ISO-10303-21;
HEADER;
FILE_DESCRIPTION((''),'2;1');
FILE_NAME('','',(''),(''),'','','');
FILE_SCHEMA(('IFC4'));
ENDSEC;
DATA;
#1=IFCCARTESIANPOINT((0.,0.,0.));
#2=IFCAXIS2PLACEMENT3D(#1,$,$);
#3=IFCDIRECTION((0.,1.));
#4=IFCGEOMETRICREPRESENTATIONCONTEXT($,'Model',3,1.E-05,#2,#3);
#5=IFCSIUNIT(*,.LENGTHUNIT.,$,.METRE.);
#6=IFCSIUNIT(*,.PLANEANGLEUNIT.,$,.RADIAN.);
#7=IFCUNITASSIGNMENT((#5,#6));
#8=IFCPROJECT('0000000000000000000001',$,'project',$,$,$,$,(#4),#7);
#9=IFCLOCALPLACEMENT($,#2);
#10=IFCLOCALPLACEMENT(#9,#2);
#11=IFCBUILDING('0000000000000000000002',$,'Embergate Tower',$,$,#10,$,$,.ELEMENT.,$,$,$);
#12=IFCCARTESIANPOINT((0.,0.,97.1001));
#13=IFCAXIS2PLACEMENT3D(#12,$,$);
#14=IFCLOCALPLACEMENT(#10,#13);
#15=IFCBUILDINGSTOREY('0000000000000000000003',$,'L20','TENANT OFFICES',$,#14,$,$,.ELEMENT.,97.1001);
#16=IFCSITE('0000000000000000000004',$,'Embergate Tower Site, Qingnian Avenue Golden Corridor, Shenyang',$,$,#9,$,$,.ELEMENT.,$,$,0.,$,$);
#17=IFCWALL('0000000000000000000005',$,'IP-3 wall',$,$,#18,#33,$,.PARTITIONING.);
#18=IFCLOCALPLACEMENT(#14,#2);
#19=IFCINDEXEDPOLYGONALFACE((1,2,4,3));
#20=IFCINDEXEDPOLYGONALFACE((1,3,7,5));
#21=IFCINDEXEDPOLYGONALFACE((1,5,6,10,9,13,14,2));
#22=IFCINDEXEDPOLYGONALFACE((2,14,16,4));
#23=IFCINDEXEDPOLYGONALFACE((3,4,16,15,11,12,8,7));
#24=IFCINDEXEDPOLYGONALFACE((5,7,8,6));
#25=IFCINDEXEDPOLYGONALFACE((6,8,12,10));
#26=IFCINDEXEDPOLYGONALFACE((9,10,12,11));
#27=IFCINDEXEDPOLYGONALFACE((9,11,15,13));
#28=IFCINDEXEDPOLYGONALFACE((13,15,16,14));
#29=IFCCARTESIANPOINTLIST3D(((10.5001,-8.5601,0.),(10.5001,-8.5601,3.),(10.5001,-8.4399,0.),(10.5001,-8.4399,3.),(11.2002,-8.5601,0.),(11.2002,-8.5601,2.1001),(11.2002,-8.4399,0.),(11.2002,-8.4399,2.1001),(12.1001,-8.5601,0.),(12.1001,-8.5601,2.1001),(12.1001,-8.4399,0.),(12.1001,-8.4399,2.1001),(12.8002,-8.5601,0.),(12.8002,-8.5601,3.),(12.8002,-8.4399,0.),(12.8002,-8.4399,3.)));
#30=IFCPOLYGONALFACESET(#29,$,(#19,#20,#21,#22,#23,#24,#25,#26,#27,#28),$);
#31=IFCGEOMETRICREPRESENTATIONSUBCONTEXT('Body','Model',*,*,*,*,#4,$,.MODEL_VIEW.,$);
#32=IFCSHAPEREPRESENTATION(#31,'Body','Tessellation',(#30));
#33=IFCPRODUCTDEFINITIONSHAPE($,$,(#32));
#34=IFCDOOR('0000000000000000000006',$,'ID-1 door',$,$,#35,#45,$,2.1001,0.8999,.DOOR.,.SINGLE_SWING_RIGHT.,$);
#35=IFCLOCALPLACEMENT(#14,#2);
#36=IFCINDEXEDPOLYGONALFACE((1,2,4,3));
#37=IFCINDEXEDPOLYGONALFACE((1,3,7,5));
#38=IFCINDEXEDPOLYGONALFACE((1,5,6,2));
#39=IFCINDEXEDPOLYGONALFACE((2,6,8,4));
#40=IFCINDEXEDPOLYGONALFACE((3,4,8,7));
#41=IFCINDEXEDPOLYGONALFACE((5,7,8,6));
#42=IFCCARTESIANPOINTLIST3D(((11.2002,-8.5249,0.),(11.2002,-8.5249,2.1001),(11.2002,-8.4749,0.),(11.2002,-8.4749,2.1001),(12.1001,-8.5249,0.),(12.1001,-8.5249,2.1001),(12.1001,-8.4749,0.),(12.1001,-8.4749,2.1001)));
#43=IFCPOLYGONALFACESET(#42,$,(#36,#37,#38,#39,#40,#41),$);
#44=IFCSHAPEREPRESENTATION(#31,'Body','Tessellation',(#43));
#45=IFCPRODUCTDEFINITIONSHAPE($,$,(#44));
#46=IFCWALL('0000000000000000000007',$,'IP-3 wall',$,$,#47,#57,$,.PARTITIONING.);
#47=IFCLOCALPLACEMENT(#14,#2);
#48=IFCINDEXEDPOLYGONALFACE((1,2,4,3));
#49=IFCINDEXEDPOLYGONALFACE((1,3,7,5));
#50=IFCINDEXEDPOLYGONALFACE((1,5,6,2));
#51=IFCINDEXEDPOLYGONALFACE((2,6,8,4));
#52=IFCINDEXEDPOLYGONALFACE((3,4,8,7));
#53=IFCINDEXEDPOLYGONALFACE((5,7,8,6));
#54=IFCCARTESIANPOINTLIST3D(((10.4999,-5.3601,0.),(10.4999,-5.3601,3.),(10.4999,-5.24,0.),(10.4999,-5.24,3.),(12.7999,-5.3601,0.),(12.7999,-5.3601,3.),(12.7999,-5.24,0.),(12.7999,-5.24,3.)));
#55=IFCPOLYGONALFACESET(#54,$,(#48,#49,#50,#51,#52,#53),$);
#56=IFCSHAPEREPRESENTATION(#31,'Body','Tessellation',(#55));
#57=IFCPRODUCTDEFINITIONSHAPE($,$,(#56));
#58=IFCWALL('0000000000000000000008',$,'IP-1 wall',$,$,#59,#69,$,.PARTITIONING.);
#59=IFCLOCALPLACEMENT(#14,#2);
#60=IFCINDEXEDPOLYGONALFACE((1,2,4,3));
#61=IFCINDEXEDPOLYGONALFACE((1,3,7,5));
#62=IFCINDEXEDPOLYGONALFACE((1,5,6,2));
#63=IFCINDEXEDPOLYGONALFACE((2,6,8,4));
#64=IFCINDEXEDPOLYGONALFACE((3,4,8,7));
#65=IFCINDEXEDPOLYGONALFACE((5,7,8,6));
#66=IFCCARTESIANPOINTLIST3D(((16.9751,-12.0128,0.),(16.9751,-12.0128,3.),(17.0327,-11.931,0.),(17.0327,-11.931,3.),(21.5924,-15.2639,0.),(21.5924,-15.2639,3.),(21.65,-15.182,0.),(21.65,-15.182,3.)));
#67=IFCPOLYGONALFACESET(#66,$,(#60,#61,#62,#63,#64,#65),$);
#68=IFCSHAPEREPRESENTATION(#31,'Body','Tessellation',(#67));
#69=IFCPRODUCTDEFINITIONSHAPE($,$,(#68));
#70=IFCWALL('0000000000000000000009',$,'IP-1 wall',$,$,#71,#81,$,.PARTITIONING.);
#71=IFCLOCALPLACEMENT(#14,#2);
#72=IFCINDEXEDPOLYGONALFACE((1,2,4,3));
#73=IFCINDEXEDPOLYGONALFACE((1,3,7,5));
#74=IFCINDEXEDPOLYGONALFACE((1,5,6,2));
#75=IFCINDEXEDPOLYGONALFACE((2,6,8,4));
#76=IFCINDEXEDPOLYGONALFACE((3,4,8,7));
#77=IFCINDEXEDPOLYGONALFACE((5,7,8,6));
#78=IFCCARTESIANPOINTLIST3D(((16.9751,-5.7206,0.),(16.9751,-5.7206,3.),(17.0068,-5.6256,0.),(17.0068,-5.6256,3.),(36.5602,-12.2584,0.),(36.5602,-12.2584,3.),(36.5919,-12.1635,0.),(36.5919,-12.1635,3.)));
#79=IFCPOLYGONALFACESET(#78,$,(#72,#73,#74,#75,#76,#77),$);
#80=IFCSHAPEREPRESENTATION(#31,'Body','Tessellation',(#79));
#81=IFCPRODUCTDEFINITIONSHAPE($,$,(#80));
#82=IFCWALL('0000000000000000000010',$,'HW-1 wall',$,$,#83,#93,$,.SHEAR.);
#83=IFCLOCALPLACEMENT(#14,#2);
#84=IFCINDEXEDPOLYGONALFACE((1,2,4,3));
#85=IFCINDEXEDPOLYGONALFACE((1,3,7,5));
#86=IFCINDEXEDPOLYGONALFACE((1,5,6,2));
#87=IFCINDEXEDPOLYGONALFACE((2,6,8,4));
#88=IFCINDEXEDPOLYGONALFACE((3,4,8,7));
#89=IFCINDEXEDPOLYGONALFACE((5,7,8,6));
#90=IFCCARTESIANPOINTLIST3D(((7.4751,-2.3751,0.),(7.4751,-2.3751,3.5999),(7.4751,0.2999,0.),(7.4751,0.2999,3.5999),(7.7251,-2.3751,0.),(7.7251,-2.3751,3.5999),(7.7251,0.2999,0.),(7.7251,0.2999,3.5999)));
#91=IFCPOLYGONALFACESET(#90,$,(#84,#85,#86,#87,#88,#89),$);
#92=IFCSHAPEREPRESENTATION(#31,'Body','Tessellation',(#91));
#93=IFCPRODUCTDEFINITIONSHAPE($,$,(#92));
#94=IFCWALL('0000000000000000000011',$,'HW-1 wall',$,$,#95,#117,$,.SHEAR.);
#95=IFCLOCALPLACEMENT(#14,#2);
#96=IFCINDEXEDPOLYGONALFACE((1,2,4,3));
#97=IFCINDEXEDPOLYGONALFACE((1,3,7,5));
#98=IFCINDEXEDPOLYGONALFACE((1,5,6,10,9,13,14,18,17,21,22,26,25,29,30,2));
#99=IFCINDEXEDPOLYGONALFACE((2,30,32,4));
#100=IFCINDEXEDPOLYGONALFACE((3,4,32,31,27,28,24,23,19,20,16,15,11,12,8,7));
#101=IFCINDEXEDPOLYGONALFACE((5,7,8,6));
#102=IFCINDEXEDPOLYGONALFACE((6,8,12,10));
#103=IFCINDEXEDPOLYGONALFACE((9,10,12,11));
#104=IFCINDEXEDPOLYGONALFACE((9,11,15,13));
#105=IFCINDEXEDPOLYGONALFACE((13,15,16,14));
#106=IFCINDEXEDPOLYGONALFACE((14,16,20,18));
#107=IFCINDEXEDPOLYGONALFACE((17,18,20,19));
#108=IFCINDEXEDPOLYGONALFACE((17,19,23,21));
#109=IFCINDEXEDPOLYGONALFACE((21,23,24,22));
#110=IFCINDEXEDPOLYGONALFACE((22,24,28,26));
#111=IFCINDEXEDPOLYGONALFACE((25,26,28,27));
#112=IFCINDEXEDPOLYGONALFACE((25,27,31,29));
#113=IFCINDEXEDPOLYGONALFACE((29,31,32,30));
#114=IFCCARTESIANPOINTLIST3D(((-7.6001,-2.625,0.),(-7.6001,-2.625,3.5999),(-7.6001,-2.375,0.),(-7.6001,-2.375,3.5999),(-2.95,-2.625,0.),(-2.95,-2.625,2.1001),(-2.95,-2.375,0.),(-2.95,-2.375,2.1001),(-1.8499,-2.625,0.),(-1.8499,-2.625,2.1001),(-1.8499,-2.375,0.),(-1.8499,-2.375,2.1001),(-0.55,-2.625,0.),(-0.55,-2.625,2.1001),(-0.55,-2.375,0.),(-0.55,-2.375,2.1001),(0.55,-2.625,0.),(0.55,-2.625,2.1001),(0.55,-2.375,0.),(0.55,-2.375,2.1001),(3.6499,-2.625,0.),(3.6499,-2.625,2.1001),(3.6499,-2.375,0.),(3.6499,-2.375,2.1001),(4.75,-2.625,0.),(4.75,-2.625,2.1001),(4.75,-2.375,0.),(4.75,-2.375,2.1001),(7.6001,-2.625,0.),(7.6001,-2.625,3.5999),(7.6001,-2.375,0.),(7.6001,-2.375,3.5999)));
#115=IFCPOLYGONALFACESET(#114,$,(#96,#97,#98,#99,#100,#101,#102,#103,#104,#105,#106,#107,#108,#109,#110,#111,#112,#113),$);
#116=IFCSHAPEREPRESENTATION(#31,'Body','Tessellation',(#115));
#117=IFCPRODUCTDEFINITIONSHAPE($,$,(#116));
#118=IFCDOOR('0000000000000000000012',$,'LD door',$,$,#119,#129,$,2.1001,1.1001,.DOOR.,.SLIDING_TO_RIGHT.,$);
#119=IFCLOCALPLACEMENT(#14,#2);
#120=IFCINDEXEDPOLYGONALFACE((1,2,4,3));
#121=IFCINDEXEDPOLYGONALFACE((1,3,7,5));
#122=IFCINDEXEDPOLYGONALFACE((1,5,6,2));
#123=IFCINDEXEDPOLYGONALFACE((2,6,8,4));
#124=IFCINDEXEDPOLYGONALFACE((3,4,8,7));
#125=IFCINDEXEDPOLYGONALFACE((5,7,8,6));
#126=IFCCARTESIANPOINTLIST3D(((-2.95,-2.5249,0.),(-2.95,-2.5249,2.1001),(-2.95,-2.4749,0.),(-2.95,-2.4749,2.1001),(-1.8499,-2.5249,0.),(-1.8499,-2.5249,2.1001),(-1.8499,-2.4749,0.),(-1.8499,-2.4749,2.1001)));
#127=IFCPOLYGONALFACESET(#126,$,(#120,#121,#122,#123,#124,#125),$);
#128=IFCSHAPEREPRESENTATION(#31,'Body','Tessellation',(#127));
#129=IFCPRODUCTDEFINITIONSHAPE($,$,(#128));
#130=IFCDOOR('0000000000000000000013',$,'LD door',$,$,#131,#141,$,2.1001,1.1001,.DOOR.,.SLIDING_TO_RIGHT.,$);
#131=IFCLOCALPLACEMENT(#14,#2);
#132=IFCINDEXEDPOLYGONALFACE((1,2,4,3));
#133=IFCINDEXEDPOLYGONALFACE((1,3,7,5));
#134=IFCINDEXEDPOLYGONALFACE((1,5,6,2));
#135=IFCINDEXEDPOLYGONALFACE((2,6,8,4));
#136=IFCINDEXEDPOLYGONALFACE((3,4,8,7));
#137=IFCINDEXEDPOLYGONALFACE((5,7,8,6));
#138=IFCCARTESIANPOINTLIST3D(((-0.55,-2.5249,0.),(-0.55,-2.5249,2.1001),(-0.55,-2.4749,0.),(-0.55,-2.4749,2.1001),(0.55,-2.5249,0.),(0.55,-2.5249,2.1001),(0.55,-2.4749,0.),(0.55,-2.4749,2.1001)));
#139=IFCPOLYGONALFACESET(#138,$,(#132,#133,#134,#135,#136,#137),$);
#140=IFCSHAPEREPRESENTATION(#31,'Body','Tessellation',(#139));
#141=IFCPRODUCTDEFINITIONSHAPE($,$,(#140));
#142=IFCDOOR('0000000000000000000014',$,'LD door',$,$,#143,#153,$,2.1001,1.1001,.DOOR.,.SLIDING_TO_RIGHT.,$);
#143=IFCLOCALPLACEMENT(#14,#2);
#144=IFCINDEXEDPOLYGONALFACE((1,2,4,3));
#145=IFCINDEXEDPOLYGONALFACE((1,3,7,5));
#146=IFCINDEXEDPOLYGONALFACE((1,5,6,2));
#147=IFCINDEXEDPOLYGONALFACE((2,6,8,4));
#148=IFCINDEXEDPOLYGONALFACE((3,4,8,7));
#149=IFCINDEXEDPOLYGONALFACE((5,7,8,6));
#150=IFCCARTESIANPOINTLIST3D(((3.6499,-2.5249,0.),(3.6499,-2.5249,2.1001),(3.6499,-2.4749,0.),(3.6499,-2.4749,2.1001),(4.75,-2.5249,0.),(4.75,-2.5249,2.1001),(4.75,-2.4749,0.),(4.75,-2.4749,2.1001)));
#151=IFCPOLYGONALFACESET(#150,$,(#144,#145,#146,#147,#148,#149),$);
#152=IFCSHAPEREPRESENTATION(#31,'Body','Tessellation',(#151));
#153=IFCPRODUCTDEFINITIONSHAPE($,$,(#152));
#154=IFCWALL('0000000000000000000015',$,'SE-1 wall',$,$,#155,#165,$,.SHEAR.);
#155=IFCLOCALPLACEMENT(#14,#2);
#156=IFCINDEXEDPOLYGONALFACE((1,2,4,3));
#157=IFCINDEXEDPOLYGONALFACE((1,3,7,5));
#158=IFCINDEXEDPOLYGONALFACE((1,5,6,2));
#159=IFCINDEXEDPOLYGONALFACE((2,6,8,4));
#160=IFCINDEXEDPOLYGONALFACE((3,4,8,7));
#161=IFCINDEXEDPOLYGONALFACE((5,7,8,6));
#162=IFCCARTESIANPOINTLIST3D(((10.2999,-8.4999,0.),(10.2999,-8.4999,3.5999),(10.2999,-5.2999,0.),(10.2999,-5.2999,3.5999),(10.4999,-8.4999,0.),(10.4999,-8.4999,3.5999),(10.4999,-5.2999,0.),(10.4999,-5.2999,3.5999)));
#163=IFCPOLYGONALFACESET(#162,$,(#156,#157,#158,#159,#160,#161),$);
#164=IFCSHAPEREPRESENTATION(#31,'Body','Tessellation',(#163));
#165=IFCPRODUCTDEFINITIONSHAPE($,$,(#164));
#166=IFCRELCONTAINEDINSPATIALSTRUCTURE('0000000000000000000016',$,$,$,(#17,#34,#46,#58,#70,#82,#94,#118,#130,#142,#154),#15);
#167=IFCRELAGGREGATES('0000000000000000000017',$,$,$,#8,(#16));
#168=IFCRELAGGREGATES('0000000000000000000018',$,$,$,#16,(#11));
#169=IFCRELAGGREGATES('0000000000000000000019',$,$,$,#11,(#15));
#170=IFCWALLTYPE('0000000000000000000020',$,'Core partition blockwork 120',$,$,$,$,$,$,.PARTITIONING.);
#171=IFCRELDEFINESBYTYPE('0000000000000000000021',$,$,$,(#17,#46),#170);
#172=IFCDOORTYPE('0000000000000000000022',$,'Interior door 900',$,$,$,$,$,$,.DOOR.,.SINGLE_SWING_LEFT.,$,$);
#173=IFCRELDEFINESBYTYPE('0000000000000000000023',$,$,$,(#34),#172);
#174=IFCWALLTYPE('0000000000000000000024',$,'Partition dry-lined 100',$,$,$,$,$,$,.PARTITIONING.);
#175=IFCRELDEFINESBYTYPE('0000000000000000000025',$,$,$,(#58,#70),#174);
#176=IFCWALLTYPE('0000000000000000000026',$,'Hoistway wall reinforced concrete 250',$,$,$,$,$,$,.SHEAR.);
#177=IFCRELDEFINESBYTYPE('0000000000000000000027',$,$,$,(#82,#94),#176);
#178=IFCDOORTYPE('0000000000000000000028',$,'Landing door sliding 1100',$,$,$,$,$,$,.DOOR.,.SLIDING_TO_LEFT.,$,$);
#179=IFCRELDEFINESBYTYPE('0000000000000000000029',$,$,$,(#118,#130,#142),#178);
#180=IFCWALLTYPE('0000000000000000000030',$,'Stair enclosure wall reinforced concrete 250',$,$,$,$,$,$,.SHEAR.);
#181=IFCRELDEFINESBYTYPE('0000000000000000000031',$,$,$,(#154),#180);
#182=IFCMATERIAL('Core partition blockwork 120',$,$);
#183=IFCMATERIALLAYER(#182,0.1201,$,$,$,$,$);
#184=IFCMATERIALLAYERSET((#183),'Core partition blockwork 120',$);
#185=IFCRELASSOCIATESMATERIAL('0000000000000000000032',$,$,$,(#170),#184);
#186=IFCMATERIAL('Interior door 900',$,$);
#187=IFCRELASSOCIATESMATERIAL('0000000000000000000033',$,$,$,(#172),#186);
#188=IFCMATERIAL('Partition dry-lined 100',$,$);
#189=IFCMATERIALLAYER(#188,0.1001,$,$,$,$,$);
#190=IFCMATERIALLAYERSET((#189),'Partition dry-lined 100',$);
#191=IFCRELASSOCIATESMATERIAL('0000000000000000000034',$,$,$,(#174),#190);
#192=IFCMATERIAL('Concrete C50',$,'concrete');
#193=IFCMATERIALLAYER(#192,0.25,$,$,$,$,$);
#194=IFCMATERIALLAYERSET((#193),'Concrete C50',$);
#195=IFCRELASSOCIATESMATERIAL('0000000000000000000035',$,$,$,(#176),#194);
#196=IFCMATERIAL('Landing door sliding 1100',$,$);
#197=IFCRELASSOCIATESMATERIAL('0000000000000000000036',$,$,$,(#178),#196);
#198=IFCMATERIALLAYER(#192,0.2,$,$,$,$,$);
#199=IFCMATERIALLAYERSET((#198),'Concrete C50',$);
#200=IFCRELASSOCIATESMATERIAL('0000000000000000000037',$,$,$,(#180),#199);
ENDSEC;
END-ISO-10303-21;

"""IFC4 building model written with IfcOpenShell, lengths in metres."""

from ifc_helpers import new_model, si_unit, direction, frame, frame_2d, origin, place, context, subcontext, project, spatial, rectangle, extrude, source, transform, mapped, material, layer, layer_set, type_object, element, fill, save


model = new_model("IFC4")

# Units and contexts
model_context = context("Model", 3, precision=1e-05, world=origin(), true_north=direction((0.0, 1.0)))
body_context = subcontext(model_context, "Body", "Model", "MODEL_VIEW")
ifc_project = project(units=[si_unit("LENGTHUNIT", "METRE"), si_unit("PLANEANGLEUNIT", "RADIAN")], contexts=[model_context])

# Site, building, storey
site_placement = place(None, origin())
site = spatial("IfcSite", under=ifc_project, at=site_placement, Name="Embergate Tower Site, Qingnian Avenue Golden Corridor, Shenyang", CompositionType="ELEMENT", RefElevation=0.0)
building_placement = place(site_placement, origin())
building = spatial("IfcBuilding", under=site, at=building_placement, Name="Embergate Tower", CompositionType="ELEMENT")
storey_placement = place(building_placement, frame((0.0, 0.0, 97.1001)))
storey = spatial("IfcBuildingStorey", under=building, at=storey_placement, Name="L20", Description="TENANT OFFICES", CompositionType="ELEMENT", Elevation=97.1001)

# Wall, opening, door
ifc_material_1 = material(Name="Core partition blockwork 120")
ifc_layer_1 = layer(ifc_material_1, 0.1201)
ifc_layer_set_1 = layer_set([ifc_layer_1], Name="Core partition blockwork 120")
wall_type_1 = type_object("IfcWallType", Name="Core partition blockwork 120", PredefinedType="PARTITIONING", material=ifc_layer_set_1)
shared_shape_1 = source(origin(), body_context, "Body", "SweptSolid", [
    extrude(rectangle(XDim=0.8999, YDim=2.1001, at=frame_2d((0.45, 1.05))), frame((0.0, 0.0701, 0.0), z_axis=(0.0, -1.0, 0.0), x_axis=(1.0, 0.0, 0.0)), (0.0, 0.0, 1.0), 0.1401),
])
ifc_material_2 = material(Name="Interior door 900")
door_type_1 = type_object("IfcDoorType", Name="Interior door 900", OperationType="SINGLE_SWING_LEFT", PredefinedType="DOOR", material=ifc_material_2)
shared_shape_2 = source(origin(), body_context, "Body", "SweptSolid", [
    extrude(rectangle(XDim=0.8999, YDim=2.1001, at=frame_2d((0.45, 1.05))), frame((0.0, 0.0249, 0.0), z_axis=(0.0, -1.0, 0.0), x_axis=(1.0, 0.0, 0.0)), (0.0, 0.0, 1.0), 0.05),
])
shared_shape_3 = source(origin(), body_context, "Body", "SweptSolid", [
    extrude(rectangle(XDim=2.3, YDim=0.1201, at=frame_2d((1.1499, 0.0))), origin(), (0.0, 0.0, 1.0), 3.0),
])
wall_1_placement = place(storey_placement, frame((12.8, -8.5, 0.0), z_axis=(0.0, 0.0, 1.0), x_axis=(-1.0, 0.0, 0.0)))
wall_1 = element("IfcWall", 1, at=wall_1_placement, inside=storey, type_object=wall_type_1, Name="IP-3 wall", PredefinedType="PARTITIONING", context=body_context, shape_type="MappedRepresentation", body=[
    mapped(shared_shape_3, transform((0.0, 0.0, 0.0))),
])
opening_1_placement = place(wall_1_placement, frame((0.7, 0.0, 0.0)))
opening_1 = element("IfcOpeningElement", 2, at=opening_1_placement, cuts=wall_1, PredefinedType="OPENING", context=body_context, shape_type="MappedRepresentation", body=[
    mapped(shared_shape_1, transform((0.0, 0.0, 0.0))),
])
door_1_placement = place(opening_1_placement, origin())
door_1 = element("IfcDoor", 3, at=door_1_placement, inside=storey, type_object=door_type_1, Name="ID-1 door", OperationType="SINGLE_SWING_RIGHT", OverallHeight=2.1001, OverallWidth=0.8999, PredefinedType="DOOR", context=body_context, shape_type="MappedRepresentation", body=[
    mapped(shared_shape_2, transform((0.0, 0.0, 0.0))),
])
fill(opening_1, door_1)

# Walls
wall_2_placement = place(storey_placement, frame((10.5, -5.3, 0.0), z_axis=(0.0, 0.0, 1.0), x_axis=(1.0, 0.0, 0.0)))
element("IfcWall", 4, at=wall_2_placement, inside=storey, type_object=wall_type_1, Name="IP-3 wall", PredefinedType="PARTITIONING", context=body_context, shape_type="MappedRepresentation", body=[
    mapped(shared_shape_3, transform((0.0, 0.0, 0.0))),
])
ifc_material_3 = material(Name="Partition dry-lined 100")
ifc_layer_2 = layer(ifc_material_3, 0.1001)
ifc_layer_set_2 = layer_set([ifc_layer_2], Name="Partition dry-lined 100")
wall_type_2 = type_object("IfcWallType", Name="Partition dry-lined 100", PredefinedType="PARTITIONING", material=ifc_layer_set_2)
shared_shape_4 = source(origin(), body_context, "Body", "SweptSolid", [
    extrude(rectangle(XDim=5.647, YDim=0.1001, at=frame_2d((2.8235, 0.0))), origin(), (0.0, 0.0, 1.0), 3.0),
])
wall_3_placement = place(storey_placement, frame((17.0039, -11.9719, 0.0), z_axis=(0.0, 0.0, 1.0), x_axis=(0.817653, -0.575712, 0.0)))
element("IfcWall", 5, at=wall_3_placement, inside=storey, type_object=wall_type_2, Name="IP-1 wall", PredefinedType="PARTITIONING", context=body_context, shape_type="MappedRepresentation", body=[
    mapped(shared_shape_4, transform((0.0, 0.0, 0.0))),
])
shared_shape_5 = source(origin(), body_context, "Body", "SweptSolid", [
    extrude(rectangle(XDim=20.6475, YDim=0.1001, at=frame_2d((10.3237, 0.0))), origin(), (0.0, 0.0, 1.0), 3.0),
])
wall_4_placement = place(storey_placement, frame((16.991, -5.6731, 0.0), z_axis=(0.0, 0.0, 1.0), x_axis=(0.948545, -0.316643, 0.0)))
element("IfcWall", 6, at=wall_4_placement, inside=storey, type_object=wall_type_2, Name="IP-1 wall", PredefinedType="PARTITIONING", context=body_context, shape_type="MappedRepresentation", body=[
    mapped(shared_shape_5, transform((0.0, 0.0, 0.0))),
])
ifc_material_4 = material(Name="Concrete C50", Category="concrete")
ifc_layer_3 = layer(ifc_material_4, 0.25)
ifc_layer_set_3 = layer_set([ifc_layer_3], Name="Concrete C50")
wall_type_3 = type_object("IfcWallType", Name="Hoistway wall reinforced concrete 250", PredefinedType="SHEAR", material=ifc_layer_set_3)
shared_shape_6 = source(origin(), body_context, "Body", "SweptSolid", [
    extrude(rectangle(XDim=2.675, YDim=0.25, at=frame_2d((1.3374, 0.0))), origin(), (0.0, 0.0, 1.0), 3.5999),
])
wall_5_placement = place(storey_placement, frame((7.6001, -2.375, 0.0), z_axis=(0.0, 0.0, 1.0), x_axis=(0.0, 1.0, 0.0)))
element("IfcWall", 7, at=wall_5_placement, inside=storey, type_object=wall_type_3, Name="HW-1 wall", PredefinedType="SHEAR", context=body_context, shape_type="MappedRepresentation", body=[
    mapped(shared_shape_6, transform((0.0, 0.0, 0.0))),
])

# Wall, openings, doors
shared_shape_7 = source(origin(), body_context, "Body", "SweptSolid", [
    extrude(rectangle(XDim=15.2002, YDim=0.25, at=frame_2d((7.6001, 0.0))), origin(), (0.0, 0.0, 1.0), 3.5999),
])
wall_6_placement = place(storey_placement, frame((7.6001, -2.5, 0.0), z_axis=(0.0, 0.0, 1.0), x_axis=(-1.0, 0.0, 0.0)))
wall_6 = element("IfcWall", 8, at=wall_6_placement, inside=storey, type_object=wall_type_3, Name="HW-1 wall", PredefinedType="SHEAR", context=body_context, shape_type="MappedRepresentation", body=[
    mapped(shared_shape_7, transform((0.0, 0.0, 0.0))),
])
shared_shape_8 = source(origin(), body_context, "Body", "SweptSolid", [
    extrude(rectangle(XDim=1.1001, YDim=2.1001, at=frame_2d((0.55, 1.05))), frame((0.0, 0.135, 0.0), z_axis=(0.0, -1.0, 0.0), x_axis=(1.0, 0.0, 0.0)), (0.0, 0.0, 1.0), 0.27),
])
opening_2_placement = place(wall_6_placement, frame((9.45, 0.0, 0.0)))
opening_2 = element("IfcOpeningElement", 9, at=opening_2_placement, cuts=wall_6, PredefinedType="OPENING", context=body_context, shape_type="MappedRepresentation", body=[
    mapped(shared_shape_8, transform((0.0, 0.0, 0.0))),
])
opening_3_placement = place(wall_6_placement, frame((7.05, 0.0, 0.0)))
opening_3 = element("IfcOpeningElement", 10, at=opening_3_placement, cuts=wall_6, PredefinedType="OPENING", context=body_context, shape_type="MappedRepresentation", body=[
    mapped(shared_shape_8, transform((0.0, 0.0, 0.0))),
])
opening_4_placement = place(wall_6_placement, frame((2.8501, 0.0, 0.0)))
opening_4 = element("IfcOpeningElement", 11, at=opening_4_placement, cuts=wall_6, PredefinedType="OPENING", context=body_context, shape_type="MappedRepresentation", body=[
    mapped(shared_shape_8, transform((0.0, 0.0, 0.0))),
])
ifc_material_5 = material(Name="Landing door sliding 1100")
door_type_2 = type_object("IfcDoorType", Name="Landing door sliding 1100", OperationType="SLIDING_TO_LEFT", PredefinedType="DOOR", material=ifc_material_5)
shared_shape_9 = source(origin(), body_context, "Body", "SweptSolid", [
    extrude(rectangle(XDim=1.1001, YDim=2.1001, at=frame_2d((0.55, 1.05))), frame((0.0, 0.0249, 0.0), z_axis=(0.0, -1.0, 0.0), x_axis=(1.0, 0.0, 0.0)), (0.0, 0.0, 1.0), 0.05),
])
door_2_placement = place(opening_2_placement, origin())
door_2 = element("IfcDoor", 12, at=door_2_placement, inside=storey, type_object=door_type_2, Name="LD door", OperationType="SLIDING_TO_RIGHT", OverallHeight=2.1001, OverallWidth=1.1001, PredefinedType="DOOR", context=body_context, shape_type="MappedRepresentation", body=[
    mapped(shared_shape_9, transform((0.0, 0.0, 0.0))),
])
fill(opening_2, door_2)
door_3_placement = place(opening_3_placement, origin())
door_3 = element("IfcDoor", 13, at=door_3_placement, inside=storey, type_object=door_type_2, Name="LD door", OperationType="SLIDING_TO_RIGHT", OverallHeight=2.1001, OverallWidth=1.1001, PredefinedType="DOOR", context=body_context, shape_type="MappedRepresentation", body=[
    mapped(shared_shape_9, transform((0.0, 0.0, 0.0))),
])
fill(opening_3, door_3)
door_4_placement = place(opening_4_placement, origin())
door_4 = element("IfcDoor", 14, at=door_4_placement, inside=storey, type_object=door_type_2, Name="LD door", OperationType="SLIDING_TO_RIGHT", OverallHeight=2.1001, OverallWidth=1.1001, PredefinedType="DOOR", context=body_context, shape_type="MappedRepresentation", body=[
    mapped(shared_shape_9, transform((0.0, 0.0, 0.0))),
])
fill(opening_4, door_4)

# Wall
ifc_layer_4 = layer(ifc_material_4, 0.2)
ifc_layer_set_4 = layer_set([ifc_layer_4], Name="Concrete C50")
wall_type_4 = type_object("IfcWallType", Name="Stair enclosure wall reinforced concrete 250", PredefinedType="SHEAR", material=ifc_layer_set_4)
shared_shape_10 = source(origin(), body_context, "Body", "SweptSolid", [
    extrude(rectangle(XDim=3.2, YDim=0.2, at=frame_2d((1.6001, 0.0))), origin(), (0.0, 0.0, 1.0), 3.5999),
])
wall_7_placement = place(storey_placement, frame((10.3999, -8.5, 0.0), z_axis=(0.0, 0.0, 1.0), x_axis=(0.0, 1.0, 0.0)))
element("IfcWall", 15, at=wall_7_placement, inside=storey, type_object=wall_type_4, Name="SE-1 wall", PredefinedType="SHEAR", context=body_context, shape_type="MappedRepresentation", body=[
    mapped(shared_shape_10, transform((0.0, 0.0, 0.0))),
])

save(model, "model.ifc")
